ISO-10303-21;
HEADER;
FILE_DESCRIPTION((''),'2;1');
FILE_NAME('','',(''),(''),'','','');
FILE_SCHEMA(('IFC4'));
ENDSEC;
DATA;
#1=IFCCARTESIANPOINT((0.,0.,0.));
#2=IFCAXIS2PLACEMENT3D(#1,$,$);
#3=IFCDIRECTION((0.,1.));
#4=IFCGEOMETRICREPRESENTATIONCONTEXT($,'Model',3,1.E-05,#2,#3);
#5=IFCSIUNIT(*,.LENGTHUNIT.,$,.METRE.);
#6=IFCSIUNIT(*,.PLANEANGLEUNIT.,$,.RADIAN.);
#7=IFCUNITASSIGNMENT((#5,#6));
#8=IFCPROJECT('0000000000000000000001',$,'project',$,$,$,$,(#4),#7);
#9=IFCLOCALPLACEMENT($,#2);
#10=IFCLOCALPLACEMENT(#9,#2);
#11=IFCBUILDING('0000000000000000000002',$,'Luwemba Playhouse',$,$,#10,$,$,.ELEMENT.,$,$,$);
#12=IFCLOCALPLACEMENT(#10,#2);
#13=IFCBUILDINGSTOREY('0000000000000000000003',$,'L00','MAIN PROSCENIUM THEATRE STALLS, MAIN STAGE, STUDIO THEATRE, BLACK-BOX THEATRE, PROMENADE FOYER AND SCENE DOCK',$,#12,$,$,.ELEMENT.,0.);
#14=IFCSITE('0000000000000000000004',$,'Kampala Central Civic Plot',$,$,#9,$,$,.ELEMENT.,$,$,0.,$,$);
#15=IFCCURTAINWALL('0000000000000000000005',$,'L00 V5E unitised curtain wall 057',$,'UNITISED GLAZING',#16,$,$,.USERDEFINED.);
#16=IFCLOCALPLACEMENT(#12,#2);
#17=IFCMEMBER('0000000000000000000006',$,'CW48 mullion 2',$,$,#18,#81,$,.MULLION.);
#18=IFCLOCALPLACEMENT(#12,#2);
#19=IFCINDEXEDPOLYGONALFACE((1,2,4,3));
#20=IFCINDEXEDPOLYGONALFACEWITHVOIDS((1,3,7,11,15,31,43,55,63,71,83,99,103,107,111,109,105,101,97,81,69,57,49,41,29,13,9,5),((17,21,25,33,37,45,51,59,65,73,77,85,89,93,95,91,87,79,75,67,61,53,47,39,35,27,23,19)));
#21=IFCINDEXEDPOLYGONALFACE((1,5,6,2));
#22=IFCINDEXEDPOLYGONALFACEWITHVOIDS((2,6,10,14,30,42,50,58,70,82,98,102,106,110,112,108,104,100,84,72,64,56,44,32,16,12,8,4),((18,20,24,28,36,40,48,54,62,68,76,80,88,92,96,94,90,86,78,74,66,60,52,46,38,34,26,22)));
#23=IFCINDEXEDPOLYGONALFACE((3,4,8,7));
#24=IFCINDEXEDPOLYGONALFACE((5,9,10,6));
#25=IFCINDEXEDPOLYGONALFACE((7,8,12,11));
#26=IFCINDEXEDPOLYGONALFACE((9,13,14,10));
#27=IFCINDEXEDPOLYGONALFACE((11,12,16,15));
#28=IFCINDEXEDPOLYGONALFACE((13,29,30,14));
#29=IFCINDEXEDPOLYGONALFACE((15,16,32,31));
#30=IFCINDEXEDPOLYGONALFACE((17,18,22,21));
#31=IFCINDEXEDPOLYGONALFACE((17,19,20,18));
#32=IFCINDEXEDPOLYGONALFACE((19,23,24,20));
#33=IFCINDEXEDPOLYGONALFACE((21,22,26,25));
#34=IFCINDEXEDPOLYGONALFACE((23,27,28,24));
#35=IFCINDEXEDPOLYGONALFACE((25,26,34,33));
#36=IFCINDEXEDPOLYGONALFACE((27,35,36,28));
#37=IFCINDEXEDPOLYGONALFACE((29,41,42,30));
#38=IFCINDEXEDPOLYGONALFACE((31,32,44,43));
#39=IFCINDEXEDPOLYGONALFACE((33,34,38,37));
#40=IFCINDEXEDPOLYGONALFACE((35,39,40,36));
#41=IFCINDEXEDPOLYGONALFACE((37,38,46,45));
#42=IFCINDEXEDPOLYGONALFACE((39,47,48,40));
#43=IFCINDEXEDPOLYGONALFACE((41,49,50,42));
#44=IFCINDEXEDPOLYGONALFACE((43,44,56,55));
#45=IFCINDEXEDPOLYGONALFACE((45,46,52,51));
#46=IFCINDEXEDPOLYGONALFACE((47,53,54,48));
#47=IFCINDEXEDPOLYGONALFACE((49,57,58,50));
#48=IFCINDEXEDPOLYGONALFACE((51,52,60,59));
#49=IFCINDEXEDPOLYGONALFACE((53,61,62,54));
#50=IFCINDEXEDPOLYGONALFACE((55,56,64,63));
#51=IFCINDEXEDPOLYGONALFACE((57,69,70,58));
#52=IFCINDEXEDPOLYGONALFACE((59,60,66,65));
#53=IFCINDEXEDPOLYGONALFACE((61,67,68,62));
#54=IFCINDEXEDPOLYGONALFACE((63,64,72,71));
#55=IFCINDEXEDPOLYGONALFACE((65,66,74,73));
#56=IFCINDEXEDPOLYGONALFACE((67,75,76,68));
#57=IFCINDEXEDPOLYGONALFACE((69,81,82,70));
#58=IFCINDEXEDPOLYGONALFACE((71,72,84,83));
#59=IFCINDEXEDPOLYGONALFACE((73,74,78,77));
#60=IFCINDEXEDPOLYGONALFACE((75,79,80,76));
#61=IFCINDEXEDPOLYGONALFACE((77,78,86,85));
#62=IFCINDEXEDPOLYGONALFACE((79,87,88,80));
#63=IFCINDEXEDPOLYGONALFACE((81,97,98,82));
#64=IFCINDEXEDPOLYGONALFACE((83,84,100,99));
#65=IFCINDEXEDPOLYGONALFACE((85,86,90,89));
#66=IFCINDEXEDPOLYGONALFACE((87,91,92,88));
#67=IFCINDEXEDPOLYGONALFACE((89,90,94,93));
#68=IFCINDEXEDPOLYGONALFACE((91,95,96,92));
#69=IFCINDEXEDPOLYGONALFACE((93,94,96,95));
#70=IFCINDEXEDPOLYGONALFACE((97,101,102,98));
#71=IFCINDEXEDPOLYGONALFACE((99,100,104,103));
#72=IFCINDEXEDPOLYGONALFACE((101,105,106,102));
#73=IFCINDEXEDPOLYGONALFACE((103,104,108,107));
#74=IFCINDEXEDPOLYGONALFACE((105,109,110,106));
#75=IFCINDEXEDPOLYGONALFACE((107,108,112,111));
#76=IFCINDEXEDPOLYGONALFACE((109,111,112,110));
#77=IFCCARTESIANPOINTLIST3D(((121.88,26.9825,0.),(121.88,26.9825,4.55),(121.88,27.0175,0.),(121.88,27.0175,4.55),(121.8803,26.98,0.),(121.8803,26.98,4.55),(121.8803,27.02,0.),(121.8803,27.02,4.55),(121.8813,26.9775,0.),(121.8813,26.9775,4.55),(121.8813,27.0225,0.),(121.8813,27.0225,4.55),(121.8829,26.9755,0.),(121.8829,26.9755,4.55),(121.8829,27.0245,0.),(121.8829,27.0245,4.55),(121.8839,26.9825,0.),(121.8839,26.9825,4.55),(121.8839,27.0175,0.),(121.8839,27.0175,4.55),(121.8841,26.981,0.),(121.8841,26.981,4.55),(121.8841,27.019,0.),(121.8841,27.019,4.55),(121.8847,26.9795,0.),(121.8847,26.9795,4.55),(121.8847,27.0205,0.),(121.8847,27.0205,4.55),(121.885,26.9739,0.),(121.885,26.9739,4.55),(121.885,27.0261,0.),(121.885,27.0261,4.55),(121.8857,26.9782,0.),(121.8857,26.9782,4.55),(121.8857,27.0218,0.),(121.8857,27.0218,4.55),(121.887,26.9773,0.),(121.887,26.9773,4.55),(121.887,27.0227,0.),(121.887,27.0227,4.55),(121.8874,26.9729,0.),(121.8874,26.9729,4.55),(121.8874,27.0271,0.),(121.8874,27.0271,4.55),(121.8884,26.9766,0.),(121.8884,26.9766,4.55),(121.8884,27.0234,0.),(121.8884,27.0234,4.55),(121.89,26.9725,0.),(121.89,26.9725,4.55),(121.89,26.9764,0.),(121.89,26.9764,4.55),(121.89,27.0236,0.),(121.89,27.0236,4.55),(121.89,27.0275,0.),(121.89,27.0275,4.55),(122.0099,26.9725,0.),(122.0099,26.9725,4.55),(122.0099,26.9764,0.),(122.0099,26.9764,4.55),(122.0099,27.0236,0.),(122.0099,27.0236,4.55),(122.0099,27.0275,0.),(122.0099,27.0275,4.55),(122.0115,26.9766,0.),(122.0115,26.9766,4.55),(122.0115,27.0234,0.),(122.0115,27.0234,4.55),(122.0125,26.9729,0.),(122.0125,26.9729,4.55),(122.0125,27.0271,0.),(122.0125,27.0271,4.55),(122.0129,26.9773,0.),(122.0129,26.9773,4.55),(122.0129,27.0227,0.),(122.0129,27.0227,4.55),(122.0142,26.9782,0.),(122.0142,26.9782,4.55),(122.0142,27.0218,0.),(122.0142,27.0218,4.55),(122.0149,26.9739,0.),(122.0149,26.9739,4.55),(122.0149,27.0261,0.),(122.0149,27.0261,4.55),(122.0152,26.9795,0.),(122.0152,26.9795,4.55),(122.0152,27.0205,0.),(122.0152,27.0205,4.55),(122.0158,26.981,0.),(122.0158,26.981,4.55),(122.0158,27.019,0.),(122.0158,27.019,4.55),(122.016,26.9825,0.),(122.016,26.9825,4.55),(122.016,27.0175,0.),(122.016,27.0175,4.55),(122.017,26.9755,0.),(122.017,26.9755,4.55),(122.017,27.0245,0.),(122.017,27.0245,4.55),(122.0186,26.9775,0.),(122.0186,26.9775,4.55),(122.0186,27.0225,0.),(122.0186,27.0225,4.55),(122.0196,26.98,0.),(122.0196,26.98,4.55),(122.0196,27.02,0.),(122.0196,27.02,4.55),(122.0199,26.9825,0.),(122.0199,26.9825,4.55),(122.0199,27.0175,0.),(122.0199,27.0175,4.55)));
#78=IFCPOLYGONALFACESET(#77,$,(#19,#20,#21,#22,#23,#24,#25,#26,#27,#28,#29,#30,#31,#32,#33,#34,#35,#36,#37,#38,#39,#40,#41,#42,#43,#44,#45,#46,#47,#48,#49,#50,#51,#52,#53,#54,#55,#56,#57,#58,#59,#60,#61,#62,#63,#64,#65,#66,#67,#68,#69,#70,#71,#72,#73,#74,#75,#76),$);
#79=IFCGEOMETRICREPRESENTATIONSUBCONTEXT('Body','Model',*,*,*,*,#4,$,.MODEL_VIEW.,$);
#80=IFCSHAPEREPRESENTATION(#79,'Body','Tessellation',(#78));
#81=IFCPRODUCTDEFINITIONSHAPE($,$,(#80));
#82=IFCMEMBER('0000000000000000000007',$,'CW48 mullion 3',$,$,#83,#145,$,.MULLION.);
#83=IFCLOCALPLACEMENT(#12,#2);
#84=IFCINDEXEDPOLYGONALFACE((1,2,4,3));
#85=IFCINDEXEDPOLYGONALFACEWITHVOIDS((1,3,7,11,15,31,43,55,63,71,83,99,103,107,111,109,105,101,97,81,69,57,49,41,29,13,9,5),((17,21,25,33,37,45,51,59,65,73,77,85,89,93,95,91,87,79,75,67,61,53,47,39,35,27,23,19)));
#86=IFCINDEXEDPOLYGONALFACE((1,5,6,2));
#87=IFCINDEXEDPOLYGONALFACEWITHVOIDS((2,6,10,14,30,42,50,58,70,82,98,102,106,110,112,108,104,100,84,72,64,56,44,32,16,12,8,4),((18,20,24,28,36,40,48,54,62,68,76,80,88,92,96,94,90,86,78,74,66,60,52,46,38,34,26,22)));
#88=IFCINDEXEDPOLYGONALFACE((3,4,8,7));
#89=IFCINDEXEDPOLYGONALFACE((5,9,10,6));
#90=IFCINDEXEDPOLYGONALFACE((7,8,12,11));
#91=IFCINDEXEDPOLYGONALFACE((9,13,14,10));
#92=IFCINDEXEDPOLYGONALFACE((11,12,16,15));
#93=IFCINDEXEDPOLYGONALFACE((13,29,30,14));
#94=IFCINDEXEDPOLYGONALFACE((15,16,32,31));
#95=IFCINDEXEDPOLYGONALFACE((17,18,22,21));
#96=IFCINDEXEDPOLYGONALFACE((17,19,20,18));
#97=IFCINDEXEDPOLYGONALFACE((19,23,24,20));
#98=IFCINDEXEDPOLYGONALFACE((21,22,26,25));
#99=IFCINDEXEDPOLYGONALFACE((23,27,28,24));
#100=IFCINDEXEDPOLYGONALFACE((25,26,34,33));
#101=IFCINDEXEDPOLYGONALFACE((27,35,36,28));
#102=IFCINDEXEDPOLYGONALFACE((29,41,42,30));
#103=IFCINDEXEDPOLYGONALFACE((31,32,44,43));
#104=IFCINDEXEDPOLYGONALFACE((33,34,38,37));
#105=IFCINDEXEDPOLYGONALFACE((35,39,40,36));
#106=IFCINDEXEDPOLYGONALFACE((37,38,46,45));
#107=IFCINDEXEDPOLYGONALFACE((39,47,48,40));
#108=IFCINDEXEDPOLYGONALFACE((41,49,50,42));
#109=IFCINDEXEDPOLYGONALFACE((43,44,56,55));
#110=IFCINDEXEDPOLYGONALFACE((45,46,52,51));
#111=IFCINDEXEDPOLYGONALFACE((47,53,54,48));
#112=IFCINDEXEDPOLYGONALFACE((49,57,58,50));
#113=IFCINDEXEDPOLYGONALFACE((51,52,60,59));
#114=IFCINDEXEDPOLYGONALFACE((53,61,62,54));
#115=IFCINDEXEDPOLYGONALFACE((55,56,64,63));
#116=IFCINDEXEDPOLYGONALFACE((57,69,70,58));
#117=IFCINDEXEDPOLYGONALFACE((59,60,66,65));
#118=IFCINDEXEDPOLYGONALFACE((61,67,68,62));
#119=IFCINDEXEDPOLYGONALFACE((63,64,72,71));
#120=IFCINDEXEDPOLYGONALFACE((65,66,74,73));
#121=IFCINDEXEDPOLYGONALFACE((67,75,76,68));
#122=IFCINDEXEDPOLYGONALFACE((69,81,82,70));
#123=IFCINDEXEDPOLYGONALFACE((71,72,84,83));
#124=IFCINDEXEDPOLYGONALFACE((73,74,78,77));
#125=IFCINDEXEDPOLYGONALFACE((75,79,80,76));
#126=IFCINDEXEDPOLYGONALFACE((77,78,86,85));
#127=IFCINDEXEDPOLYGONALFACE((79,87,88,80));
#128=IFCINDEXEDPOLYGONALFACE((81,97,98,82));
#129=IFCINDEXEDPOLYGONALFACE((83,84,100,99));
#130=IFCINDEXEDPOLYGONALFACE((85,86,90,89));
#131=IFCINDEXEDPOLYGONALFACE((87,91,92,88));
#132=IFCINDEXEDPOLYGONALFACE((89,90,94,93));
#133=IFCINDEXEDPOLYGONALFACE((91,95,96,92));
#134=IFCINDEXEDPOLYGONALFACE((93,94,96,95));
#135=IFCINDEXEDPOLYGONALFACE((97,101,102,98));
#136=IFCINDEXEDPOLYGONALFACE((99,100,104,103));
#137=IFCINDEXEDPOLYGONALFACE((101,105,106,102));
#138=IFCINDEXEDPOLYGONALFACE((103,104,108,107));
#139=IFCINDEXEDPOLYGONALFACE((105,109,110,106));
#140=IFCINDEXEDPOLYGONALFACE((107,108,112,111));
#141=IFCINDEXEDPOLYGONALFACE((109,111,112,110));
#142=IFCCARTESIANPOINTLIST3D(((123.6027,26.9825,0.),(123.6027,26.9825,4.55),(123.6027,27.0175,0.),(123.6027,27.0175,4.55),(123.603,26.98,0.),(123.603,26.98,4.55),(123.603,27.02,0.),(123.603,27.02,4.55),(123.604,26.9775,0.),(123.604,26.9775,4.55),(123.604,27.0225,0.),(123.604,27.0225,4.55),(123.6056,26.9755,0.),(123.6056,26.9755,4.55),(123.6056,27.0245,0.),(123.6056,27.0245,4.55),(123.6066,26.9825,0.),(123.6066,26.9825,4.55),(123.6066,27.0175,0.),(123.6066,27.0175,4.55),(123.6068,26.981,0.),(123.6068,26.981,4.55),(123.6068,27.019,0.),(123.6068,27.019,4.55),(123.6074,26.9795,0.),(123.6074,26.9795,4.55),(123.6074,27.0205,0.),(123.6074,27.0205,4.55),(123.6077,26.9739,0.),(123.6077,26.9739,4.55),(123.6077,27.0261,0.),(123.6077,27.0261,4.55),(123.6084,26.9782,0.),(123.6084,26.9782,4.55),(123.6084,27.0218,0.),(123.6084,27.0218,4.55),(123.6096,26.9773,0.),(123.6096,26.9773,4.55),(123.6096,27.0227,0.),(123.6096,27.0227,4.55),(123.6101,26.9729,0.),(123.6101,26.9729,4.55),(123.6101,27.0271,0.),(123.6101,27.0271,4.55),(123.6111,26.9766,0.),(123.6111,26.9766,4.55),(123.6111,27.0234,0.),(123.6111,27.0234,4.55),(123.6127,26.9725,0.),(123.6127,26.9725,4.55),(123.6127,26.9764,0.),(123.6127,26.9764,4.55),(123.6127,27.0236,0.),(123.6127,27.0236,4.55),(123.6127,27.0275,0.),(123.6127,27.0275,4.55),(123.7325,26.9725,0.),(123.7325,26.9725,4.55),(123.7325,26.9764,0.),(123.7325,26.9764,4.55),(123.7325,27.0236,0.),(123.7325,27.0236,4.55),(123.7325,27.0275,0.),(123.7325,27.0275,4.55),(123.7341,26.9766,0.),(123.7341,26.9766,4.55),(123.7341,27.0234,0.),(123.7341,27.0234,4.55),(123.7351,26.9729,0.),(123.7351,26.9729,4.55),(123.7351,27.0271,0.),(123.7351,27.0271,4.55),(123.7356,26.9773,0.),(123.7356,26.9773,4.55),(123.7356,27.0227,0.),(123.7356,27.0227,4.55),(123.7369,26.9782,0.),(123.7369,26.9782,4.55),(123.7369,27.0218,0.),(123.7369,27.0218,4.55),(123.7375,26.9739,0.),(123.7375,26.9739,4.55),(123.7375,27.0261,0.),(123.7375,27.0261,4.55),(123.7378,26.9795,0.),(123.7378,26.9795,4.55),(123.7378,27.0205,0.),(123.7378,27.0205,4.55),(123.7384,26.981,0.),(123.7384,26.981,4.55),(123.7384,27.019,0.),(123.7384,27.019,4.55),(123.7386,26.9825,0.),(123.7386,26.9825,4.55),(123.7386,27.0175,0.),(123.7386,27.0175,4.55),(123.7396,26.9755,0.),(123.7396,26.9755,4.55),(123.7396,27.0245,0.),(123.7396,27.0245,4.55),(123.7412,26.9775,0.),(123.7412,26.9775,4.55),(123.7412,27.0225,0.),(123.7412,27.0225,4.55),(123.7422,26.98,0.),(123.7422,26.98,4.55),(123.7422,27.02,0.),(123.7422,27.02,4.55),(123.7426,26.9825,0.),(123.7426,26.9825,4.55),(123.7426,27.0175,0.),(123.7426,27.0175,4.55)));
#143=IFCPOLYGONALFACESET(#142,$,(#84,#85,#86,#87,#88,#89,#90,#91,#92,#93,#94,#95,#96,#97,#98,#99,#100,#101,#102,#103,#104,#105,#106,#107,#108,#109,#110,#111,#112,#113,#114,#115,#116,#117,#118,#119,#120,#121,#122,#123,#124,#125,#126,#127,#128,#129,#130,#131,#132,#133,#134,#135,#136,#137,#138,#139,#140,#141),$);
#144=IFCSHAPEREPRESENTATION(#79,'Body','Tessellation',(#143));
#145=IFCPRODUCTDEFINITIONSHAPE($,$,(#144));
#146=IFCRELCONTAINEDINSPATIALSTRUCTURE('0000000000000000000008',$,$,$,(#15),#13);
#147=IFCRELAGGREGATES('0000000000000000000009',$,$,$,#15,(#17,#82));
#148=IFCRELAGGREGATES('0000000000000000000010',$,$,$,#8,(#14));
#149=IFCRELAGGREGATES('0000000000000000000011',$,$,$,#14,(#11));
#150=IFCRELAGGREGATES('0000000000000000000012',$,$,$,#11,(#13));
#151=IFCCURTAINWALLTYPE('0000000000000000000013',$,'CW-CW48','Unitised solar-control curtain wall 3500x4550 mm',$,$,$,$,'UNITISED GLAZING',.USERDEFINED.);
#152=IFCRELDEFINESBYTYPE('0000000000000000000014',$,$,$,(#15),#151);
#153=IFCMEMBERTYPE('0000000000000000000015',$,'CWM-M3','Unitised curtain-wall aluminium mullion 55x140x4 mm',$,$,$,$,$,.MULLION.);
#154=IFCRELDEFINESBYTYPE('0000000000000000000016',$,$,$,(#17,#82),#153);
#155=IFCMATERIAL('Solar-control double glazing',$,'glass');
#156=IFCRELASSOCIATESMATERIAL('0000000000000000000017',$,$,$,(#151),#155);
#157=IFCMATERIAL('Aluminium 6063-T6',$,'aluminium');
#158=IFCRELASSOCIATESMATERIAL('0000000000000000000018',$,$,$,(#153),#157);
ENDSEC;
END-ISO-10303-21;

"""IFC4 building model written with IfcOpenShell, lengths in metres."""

from ifc_helpers import new_model, si_unit, direction, frame, origin, origin_2d, place, context, subcontext, project, spatial, hollow_rectangle, extrude, material, material_profile, profile_set, type_object, element, aggregate, save


model = new_model("IFC4")

# Units and contexts
model_context = context("Model", 3, precision=1e-05, world=origin(), true_north=direction((0.0, 1.0)))
body_context = subcontext(model_context, "Body", "Model", "MODEL_VIEW")
ifc_project = project(units=[si_unit("LENGTHUNIT", "METRE"), si_unit("PLANEANGLEUNIT", "RADIAN")], contexts=[model_context])

# Site, building, storey
site_placement = place(None, origin())
site = spatial("IfcSite", under=ifc_project, at=site_placement, Name="Kampala Central Civic Plot", CompositionType="ELEMENT", RefElevation=0.0)
building_placement = place(site_placement, origin())
building = spatial("IfcBuilding", under=site, at=building_placement, Name="Luwemba Playhouse", CompositionType="ELEMENT")
storey_placement = place(building_placement, origin())
storey = spatial("IfcBuildingStorey", under=building, at=storey_placement, Name="L00", Description="MAIN PROSCENIUM THEATRE STALLS, MAIN STAGE, STUDIO THEATRE, BLACK-BOX THEATRE, PROMENADE FOYER AND SCENE DOCK", CompositionType="ELEMENT", Elevation=0.0)

# Shared definitions
ifc_material_1 = material(Name="Solar-control double glazing", Category="glass")
ifc_material_2 = material(Name="Aluminium 6063-T6", Category="aluminium")

# Curtain wall, members
curtain_wall_type_1 = type_object("IfcCurtainWallType", Name="CW-CW48", Description="Unitised solar-control curtain wall 3500x4550 mm", ElementType="UNITISED GLAZING", PredefinedType="USERDEFINED", material=ifc_material_1)
curtain_wall_1_placement = place(storey_placement, origin())
curtain_wall_1 = element("IfcCurtainWall", 1, at=curtain_wall_1_placement, inside=storey, type_object=curtain_wall_type_1, Name="L00 V5E unitised curtain wall 057", ObjectType="UNITISED GLAZING", PredefinedType="USERDEFINED")
ifc_material_profile_1 = material_profile(ifc_material_2, hollow_rectangle(XDim=0.0549, YDim=0.1399, WallThickness=0.0039, InnerFilletRadius=0.0061, OuterFilletRadius=0.01, at=origin_2d()))
ifc_profile_set_1 = profile_set([ifc_material_profile_1], Name="Aluminium 6063-T6")
member_type_1 = type_object("IfcMemberType", Name="CWM-M3", Description="Unitised curtain-wall aluminium mullion 55x140x4 mm", PredefinedType="MULLION", material=ifc_profile_set_1)
member_1_placement = place(storey_placement, frame((121.95, 27.0, 0.0), z_axis=(0.0, 0.0, 1.0), x_axis=(0.0, 1.0, 0.0)))
member_1 = element("IfcMember", 2, at=member_1_placement, type_object=member_type_1, Name="CW48 mullion 2", PredefinedType="MULLION", context=body_context, shape_type="SweptSolid", body=[
    extrude(hollow_rectangle(XDim=0.0549, YDim=0.1399, WallThickness=0.0039, InnerFilletRadius=0.0061, OuterFilletRadius=0.01, at=origin_2d()), origin(), (0.0, 0.0, 1.0), 4.55),
])
member_2_placement = place(storey_placement, frame((123.6726, 27.0, 0.0), z_axis=(0.0, 0.0, 1.0), x_axis=(0.0, 1.0, 0.0)))
member_2 = element("IfcMember", 3, at=member_2_placement, type_object=member_type_1, Name="CW48 mullion 3", PredefinedType="MULLION", context=body_context, shape_type="SweptSolid", body=[
    extrude(hollow_rectangle(XDim=0.0549, YDim=0.1399, WallThickness=0.0039, InnerFilletRadius=0.0061, OuterFilletRadius=0.01, at=origin_2d()), origin(), (0.0, 0.0, 1.0), 4.55),
])

aggregate(curtain_wall_1, [member_1, member_2])

save(model, "model.ifc")
